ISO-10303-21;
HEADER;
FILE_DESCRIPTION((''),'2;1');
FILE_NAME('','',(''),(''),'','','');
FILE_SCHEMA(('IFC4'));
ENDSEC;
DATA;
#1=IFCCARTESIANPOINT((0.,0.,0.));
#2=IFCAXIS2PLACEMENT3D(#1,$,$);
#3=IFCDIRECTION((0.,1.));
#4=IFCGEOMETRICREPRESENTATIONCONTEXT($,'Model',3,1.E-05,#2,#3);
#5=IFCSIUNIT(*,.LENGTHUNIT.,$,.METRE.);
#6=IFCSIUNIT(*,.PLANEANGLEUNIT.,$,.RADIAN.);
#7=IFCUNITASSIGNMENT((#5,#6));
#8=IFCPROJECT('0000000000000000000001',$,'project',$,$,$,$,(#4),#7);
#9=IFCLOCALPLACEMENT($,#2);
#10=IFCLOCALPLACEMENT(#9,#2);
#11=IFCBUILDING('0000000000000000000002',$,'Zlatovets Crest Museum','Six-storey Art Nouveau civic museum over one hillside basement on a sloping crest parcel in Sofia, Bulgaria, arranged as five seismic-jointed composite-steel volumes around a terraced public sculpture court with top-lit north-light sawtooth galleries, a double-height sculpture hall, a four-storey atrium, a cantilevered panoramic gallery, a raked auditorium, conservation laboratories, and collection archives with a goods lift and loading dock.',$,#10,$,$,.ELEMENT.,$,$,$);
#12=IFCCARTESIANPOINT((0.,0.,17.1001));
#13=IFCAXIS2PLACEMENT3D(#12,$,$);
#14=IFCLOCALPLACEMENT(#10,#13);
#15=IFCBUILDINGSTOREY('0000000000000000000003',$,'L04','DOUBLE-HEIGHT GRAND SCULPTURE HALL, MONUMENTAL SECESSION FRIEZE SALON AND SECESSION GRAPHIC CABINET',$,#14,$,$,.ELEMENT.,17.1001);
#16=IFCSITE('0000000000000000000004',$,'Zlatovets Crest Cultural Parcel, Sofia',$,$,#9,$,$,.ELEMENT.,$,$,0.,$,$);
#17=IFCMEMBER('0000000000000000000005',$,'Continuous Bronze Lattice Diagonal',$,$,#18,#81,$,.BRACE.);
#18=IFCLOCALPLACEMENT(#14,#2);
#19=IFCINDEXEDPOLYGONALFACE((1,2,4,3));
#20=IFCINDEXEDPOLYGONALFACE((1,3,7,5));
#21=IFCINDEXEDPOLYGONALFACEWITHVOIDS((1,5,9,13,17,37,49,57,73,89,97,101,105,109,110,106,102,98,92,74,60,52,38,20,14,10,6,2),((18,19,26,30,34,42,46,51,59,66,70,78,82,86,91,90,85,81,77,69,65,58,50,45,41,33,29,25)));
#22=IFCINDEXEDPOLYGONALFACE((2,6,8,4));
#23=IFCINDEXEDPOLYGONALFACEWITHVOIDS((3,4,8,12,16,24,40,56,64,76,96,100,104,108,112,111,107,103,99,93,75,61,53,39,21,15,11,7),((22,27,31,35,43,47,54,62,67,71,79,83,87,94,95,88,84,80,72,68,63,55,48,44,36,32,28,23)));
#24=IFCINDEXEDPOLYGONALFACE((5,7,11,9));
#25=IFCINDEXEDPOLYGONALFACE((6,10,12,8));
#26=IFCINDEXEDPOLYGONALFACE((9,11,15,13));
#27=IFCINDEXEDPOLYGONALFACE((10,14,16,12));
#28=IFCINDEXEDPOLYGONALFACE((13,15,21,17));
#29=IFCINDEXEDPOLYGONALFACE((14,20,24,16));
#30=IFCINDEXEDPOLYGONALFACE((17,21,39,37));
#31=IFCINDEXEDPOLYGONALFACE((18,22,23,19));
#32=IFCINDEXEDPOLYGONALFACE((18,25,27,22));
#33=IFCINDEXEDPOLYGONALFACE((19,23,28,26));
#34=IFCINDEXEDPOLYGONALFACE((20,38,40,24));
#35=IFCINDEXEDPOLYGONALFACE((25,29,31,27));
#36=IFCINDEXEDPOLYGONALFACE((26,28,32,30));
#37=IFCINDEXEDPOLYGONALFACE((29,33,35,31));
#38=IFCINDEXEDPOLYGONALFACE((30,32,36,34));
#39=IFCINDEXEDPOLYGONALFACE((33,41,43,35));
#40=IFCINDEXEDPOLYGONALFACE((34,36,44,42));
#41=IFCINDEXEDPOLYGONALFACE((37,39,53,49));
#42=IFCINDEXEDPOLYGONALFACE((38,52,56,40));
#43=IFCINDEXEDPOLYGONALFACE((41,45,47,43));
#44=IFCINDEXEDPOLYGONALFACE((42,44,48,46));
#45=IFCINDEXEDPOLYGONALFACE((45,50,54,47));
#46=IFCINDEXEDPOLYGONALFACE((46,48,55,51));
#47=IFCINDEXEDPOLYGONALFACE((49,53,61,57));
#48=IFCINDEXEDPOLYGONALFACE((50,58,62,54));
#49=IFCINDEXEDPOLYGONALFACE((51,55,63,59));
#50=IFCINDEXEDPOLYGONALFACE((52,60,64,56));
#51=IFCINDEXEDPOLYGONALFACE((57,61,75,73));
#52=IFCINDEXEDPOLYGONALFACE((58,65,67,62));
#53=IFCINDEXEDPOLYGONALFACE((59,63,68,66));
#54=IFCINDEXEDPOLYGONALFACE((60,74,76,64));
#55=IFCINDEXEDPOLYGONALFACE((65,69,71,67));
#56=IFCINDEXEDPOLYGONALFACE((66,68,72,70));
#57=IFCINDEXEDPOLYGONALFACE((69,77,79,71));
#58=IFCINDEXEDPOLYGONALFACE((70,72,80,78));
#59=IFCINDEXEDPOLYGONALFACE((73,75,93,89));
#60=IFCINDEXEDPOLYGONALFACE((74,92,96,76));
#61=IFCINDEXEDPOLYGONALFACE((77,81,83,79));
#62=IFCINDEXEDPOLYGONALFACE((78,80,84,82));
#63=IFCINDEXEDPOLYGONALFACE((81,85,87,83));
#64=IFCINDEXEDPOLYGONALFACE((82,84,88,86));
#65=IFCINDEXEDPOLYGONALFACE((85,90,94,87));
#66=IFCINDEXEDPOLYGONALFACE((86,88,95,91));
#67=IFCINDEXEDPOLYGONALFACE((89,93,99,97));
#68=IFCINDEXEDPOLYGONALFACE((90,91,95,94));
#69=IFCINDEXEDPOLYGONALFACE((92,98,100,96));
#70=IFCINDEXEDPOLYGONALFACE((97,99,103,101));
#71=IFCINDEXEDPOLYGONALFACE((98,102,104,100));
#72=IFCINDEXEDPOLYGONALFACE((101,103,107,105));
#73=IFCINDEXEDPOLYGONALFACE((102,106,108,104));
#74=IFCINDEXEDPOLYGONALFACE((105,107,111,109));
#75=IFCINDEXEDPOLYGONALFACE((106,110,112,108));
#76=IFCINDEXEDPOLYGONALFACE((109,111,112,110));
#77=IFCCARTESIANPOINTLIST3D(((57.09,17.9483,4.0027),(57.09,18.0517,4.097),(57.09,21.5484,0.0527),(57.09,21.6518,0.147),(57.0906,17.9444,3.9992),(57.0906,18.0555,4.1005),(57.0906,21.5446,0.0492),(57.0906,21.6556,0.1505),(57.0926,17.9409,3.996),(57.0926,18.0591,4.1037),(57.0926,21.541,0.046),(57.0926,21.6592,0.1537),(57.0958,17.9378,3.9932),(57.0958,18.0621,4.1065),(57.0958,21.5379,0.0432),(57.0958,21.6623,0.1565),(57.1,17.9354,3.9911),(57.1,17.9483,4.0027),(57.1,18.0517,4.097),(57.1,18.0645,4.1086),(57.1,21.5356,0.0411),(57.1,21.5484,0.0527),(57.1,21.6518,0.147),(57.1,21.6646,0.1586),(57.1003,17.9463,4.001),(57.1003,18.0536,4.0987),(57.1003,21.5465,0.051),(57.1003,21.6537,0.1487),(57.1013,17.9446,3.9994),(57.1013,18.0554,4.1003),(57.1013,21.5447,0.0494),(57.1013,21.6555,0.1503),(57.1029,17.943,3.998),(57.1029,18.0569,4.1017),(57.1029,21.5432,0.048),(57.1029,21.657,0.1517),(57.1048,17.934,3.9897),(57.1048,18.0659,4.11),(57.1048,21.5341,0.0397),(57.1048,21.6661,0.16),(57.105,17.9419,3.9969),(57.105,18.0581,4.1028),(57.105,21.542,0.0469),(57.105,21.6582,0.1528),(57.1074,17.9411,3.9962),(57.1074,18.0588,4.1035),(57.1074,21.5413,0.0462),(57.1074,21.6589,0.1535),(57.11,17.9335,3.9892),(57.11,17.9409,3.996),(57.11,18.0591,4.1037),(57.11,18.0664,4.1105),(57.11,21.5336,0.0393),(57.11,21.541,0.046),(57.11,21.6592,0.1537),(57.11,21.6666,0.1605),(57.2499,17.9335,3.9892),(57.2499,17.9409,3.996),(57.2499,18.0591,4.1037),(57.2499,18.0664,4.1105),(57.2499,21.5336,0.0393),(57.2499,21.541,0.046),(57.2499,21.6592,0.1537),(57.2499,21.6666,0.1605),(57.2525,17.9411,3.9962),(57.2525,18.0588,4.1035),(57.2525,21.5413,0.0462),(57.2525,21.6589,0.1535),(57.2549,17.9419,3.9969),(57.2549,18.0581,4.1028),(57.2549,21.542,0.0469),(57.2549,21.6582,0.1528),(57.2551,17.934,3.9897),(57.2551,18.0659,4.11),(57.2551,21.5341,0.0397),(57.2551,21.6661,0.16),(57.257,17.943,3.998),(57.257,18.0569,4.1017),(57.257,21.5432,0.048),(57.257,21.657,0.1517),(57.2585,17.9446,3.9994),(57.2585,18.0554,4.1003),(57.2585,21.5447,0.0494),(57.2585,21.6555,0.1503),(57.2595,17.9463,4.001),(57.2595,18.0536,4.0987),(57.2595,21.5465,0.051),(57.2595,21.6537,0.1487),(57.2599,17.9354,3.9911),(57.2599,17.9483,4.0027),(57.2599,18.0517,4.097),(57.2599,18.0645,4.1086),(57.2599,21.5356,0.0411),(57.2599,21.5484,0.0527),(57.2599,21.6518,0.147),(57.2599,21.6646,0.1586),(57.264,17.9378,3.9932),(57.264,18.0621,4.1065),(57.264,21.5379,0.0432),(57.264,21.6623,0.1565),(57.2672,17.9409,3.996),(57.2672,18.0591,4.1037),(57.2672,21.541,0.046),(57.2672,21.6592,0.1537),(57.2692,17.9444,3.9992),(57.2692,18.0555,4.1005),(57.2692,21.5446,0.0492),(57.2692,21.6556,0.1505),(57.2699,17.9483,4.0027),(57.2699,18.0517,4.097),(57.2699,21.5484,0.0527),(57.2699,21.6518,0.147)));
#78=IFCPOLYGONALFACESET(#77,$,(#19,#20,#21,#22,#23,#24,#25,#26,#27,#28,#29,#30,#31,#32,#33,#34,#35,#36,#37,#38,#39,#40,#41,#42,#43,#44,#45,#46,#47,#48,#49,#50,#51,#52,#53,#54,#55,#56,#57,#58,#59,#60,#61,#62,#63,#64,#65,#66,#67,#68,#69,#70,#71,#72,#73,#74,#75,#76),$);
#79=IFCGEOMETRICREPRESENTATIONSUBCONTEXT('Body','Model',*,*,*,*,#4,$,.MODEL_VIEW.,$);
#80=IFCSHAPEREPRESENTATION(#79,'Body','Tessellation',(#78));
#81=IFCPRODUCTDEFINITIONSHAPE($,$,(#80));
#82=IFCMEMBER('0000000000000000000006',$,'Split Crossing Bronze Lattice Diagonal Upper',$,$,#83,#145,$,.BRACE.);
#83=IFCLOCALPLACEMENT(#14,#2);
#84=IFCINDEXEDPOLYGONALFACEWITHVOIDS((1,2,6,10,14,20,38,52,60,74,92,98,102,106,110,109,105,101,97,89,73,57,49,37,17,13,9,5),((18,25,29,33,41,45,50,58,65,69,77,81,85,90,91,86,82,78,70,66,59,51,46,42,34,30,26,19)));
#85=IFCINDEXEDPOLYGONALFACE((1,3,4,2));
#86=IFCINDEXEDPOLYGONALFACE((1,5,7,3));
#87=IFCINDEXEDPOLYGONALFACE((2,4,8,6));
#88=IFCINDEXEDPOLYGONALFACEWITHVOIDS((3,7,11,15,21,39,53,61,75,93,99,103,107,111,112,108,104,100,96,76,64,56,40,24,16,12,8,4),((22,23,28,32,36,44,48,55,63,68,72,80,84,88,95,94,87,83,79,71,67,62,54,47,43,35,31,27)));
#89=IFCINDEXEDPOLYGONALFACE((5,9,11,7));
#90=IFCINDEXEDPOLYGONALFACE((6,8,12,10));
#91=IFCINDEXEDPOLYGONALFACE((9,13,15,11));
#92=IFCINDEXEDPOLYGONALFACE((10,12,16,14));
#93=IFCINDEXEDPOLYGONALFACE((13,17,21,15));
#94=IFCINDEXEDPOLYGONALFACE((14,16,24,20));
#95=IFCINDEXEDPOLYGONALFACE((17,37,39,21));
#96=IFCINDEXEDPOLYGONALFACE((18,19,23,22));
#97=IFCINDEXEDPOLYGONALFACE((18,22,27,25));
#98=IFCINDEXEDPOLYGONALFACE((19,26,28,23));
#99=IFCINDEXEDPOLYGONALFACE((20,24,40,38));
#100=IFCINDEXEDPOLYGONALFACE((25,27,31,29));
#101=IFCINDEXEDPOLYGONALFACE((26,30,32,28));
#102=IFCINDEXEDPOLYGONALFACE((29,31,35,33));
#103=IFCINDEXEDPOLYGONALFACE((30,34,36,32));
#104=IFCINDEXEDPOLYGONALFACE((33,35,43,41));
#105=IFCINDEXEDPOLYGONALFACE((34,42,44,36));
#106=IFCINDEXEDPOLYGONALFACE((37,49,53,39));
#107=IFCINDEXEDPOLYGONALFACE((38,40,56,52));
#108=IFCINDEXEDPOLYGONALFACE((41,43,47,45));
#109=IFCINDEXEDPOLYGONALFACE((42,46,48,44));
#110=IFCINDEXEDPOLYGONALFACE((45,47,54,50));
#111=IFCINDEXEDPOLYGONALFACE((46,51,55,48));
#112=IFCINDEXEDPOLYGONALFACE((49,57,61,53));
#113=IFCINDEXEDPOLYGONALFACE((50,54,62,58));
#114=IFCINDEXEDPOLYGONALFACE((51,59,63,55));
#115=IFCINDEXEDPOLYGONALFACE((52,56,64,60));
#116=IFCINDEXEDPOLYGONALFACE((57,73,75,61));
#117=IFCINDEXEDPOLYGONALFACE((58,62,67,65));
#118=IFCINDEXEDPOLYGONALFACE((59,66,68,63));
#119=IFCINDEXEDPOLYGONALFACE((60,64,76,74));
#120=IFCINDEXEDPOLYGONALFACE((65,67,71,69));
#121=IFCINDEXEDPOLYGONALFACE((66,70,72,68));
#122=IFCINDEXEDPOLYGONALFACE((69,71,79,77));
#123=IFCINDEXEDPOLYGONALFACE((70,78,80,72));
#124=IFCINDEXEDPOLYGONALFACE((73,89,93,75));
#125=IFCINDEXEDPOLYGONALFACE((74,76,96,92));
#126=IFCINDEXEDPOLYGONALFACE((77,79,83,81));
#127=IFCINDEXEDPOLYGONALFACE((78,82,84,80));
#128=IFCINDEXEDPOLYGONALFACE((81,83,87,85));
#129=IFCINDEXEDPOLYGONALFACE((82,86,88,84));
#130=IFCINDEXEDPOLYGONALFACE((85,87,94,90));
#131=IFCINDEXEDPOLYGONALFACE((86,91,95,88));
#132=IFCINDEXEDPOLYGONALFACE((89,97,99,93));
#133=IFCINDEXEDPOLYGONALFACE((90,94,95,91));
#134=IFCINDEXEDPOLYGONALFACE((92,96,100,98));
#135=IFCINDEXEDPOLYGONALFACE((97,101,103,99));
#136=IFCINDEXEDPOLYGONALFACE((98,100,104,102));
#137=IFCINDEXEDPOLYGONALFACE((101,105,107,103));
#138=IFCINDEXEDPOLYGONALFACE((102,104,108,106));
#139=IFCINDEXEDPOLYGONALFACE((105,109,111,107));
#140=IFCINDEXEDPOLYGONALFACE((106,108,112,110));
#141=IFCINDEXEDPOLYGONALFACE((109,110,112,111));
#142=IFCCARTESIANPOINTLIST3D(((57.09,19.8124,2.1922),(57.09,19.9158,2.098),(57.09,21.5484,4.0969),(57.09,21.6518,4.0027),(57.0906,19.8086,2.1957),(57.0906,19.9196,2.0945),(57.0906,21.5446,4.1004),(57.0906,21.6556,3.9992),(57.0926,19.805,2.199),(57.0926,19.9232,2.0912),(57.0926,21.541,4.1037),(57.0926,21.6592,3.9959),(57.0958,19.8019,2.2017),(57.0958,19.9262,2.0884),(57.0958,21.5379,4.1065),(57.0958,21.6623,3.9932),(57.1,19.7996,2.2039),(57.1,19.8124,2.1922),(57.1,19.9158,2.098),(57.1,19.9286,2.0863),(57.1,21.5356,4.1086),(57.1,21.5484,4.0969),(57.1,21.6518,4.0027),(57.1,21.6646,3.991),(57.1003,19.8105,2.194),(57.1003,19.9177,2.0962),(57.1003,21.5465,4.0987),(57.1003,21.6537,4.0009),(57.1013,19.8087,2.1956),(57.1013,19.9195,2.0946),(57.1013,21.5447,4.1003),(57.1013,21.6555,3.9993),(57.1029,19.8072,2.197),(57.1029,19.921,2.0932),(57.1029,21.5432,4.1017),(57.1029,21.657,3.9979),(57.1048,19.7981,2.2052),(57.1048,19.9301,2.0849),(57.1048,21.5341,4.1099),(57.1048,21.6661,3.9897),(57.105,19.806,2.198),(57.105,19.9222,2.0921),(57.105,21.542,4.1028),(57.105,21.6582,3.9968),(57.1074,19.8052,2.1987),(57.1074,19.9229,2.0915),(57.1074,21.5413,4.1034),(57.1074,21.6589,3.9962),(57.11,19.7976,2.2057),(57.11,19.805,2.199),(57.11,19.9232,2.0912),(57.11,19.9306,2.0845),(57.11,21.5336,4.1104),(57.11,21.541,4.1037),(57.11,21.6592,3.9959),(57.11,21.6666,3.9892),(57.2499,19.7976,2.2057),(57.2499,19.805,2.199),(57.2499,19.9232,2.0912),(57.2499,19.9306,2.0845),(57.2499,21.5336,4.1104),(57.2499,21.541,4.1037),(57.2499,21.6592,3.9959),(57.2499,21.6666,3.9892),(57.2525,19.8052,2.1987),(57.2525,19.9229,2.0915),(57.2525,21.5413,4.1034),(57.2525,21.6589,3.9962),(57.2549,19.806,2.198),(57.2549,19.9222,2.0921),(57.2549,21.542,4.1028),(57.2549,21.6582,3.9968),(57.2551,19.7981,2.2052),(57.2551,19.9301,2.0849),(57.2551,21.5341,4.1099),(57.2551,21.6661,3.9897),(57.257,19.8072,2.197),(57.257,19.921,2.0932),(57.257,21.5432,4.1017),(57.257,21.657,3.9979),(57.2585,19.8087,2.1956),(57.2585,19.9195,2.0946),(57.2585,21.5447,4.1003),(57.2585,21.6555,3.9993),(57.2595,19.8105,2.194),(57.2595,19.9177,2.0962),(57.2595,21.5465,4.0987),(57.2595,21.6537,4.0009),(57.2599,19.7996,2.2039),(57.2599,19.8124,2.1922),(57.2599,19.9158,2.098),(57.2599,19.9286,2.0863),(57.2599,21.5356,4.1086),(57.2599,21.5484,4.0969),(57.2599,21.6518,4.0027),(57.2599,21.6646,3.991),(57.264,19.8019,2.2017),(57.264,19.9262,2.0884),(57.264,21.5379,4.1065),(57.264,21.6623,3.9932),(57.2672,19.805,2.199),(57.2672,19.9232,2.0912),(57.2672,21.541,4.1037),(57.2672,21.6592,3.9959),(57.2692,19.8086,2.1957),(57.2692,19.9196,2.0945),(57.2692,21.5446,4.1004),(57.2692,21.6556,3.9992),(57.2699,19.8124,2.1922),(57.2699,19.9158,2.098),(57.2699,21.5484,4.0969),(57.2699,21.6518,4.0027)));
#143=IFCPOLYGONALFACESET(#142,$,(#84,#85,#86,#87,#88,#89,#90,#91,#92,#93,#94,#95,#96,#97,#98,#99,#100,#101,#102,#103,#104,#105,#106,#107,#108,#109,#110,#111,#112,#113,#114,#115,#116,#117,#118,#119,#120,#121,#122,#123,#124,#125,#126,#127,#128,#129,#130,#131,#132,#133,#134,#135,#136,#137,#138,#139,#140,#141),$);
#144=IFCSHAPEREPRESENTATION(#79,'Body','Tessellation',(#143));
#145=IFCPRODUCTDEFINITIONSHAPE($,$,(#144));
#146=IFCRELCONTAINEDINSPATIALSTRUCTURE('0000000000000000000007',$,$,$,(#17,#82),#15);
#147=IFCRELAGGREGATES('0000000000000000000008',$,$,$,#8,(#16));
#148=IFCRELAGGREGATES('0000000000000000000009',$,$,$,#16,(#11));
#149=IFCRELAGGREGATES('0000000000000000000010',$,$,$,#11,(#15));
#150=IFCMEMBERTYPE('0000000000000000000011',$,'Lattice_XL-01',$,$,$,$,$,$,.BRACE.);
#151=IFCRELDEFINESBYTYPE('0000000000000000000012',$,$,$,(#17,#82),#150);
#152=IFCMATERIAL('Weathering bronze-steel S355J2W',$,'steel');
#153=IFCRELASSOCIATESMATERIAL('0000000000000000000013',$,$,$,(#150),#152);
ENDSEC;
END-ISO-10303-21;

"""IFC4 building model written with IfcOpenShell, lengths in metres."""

from ifc_helpers import new_model, si_unit, direction, frame, origin, origin_2d, place, context, subcontext, project, spatial, hollow_rectangle, extrude, material, material_profile, profile_set, type_object, element, save


model = new_model("IFC4")

# Units and contexts
model_context = context("Model", 3, precision=1e-05, world=origin(), true_north=direction((0.0, 1.0)))
body_context = subcontext(model_context, "Body", "Model", "MODEL_VIEW")
ifc_project = project(units=[si_unit("LENGTHUNIT", "METRE"), si_unit("PLANEANGLEUNIT", "RADIAN")], contexts=[model_context])

# Site, building, storey
site_placement = place(None, origin())
site = spatial("IfcSite", under=ifc_project, at=site_placement, Name="Zlatovets Crest Cultural Parcel, Sofia", CompositionType="ELEMENT", RefElevation=0.0)
building_placement = place(site_placement, origin())
building = spatial("IfcBuilding", under=site, at=building_placement, Name="Zlatovets Crest Museum", Description="Six-storey Art Nouveau civic museum over one hillside basement on a sloping crest parcel in Sofia, Bulgaria, arranged as five seismic-jointed composite-steel volumes around a terraced public sculpture court with top-lit north-light sawtooth galleries, a double-height sculpture hall, a four-storey atrium, a cantilevered panoramic gallery, a raked auditorium, conservation laboratories, and collection archives with a goods lift and loading dock.", CompositionType="ELEMENT")
storey_placement = place(building_placement, frame((0.0, 0.0, 17.1001)))
storey = spatial("IfcBuildingStorey", under=building, at=storey_placement, Name="L04", Description="DOUBLE-HEIGHT GRAND SCULPTURE HALL, MONUMENTAL SECESSION FRIEZE SALON AND SECESSION GRAPHIC CABINET", CompositionType="ELEMENT", Elevation=17.1001)

# Members
ifc_material_1 = material(Name="Weathering bronze-steel S355J2W", Category="steel")
ifc_material_profile_1 = material_profile(ifc_material_1, hollow_rectangle(XDim=0.1799, YDim=0.1799, WallThickness=0.01, InnerFilletRadius=0.01, OuterFilletRadius=0.02, at=origin_2d()), Name="SHS 180x180x10.0")
ifc_profile_set_1 = profile_set([ifc_material_profile_1], Name="Weathering bronze-steel S355J2W")
member_type_1 = type_object("IfcMemberType", Name="Lattice_XL-01", PredefinedType="BRACE", material=ifc_profile_set_1)
member_1_placement = place(storey_placement, frame((57.1799, 21.6001, 0.0999), z_axis=(0.0, -0.673618, 0.73908), x_axis=(1.0, 0.0, 0.0)))
element("IfcMember", 1, at=member_1_placement, inside=storey, type_object=member_type_1, Name="Continuous Bronze Lattice Diagonal", PredefinedType="BRACE", context=body_context, shape_type="SweptSolid", body=[
    extrude(hollow_rectangle(XDim=0.1799, YDim=0.1799, WallThickness=0.01, InnerFilletRadius=0.01, OuterFilletRadius=0.02, at=origin_2d()), origin(), (0.0, 0.0, 1.0), 5.3445),
])
member_2_placement = place(storey_placement, frame((57.1799, 21.6001, 4.0498), z_axis=(0.0, -0.67362, -0.739078), x_axis=(1.0, 0.0, 0.0)))
element("IfcMember", 2, at=member_2_placement, inside=storey, type_object=member_type_1, Name="Split Crossing Bronze Lattice Diagonal Upper", PredefinedType="BRACE", context=body_context, shape_type="SweptSolid", body=[
    extrude(hollow_rectangle(XDim=0.1799, YDim=0.1799, WallThickness=0.01, InnerFilletRadius=0.01, OuterFilletRadius=0.02, at=origin_2d()), origin(), (0.0, 0.0, 1.0), 2.5771),
])

save(model, "model.ifc")
